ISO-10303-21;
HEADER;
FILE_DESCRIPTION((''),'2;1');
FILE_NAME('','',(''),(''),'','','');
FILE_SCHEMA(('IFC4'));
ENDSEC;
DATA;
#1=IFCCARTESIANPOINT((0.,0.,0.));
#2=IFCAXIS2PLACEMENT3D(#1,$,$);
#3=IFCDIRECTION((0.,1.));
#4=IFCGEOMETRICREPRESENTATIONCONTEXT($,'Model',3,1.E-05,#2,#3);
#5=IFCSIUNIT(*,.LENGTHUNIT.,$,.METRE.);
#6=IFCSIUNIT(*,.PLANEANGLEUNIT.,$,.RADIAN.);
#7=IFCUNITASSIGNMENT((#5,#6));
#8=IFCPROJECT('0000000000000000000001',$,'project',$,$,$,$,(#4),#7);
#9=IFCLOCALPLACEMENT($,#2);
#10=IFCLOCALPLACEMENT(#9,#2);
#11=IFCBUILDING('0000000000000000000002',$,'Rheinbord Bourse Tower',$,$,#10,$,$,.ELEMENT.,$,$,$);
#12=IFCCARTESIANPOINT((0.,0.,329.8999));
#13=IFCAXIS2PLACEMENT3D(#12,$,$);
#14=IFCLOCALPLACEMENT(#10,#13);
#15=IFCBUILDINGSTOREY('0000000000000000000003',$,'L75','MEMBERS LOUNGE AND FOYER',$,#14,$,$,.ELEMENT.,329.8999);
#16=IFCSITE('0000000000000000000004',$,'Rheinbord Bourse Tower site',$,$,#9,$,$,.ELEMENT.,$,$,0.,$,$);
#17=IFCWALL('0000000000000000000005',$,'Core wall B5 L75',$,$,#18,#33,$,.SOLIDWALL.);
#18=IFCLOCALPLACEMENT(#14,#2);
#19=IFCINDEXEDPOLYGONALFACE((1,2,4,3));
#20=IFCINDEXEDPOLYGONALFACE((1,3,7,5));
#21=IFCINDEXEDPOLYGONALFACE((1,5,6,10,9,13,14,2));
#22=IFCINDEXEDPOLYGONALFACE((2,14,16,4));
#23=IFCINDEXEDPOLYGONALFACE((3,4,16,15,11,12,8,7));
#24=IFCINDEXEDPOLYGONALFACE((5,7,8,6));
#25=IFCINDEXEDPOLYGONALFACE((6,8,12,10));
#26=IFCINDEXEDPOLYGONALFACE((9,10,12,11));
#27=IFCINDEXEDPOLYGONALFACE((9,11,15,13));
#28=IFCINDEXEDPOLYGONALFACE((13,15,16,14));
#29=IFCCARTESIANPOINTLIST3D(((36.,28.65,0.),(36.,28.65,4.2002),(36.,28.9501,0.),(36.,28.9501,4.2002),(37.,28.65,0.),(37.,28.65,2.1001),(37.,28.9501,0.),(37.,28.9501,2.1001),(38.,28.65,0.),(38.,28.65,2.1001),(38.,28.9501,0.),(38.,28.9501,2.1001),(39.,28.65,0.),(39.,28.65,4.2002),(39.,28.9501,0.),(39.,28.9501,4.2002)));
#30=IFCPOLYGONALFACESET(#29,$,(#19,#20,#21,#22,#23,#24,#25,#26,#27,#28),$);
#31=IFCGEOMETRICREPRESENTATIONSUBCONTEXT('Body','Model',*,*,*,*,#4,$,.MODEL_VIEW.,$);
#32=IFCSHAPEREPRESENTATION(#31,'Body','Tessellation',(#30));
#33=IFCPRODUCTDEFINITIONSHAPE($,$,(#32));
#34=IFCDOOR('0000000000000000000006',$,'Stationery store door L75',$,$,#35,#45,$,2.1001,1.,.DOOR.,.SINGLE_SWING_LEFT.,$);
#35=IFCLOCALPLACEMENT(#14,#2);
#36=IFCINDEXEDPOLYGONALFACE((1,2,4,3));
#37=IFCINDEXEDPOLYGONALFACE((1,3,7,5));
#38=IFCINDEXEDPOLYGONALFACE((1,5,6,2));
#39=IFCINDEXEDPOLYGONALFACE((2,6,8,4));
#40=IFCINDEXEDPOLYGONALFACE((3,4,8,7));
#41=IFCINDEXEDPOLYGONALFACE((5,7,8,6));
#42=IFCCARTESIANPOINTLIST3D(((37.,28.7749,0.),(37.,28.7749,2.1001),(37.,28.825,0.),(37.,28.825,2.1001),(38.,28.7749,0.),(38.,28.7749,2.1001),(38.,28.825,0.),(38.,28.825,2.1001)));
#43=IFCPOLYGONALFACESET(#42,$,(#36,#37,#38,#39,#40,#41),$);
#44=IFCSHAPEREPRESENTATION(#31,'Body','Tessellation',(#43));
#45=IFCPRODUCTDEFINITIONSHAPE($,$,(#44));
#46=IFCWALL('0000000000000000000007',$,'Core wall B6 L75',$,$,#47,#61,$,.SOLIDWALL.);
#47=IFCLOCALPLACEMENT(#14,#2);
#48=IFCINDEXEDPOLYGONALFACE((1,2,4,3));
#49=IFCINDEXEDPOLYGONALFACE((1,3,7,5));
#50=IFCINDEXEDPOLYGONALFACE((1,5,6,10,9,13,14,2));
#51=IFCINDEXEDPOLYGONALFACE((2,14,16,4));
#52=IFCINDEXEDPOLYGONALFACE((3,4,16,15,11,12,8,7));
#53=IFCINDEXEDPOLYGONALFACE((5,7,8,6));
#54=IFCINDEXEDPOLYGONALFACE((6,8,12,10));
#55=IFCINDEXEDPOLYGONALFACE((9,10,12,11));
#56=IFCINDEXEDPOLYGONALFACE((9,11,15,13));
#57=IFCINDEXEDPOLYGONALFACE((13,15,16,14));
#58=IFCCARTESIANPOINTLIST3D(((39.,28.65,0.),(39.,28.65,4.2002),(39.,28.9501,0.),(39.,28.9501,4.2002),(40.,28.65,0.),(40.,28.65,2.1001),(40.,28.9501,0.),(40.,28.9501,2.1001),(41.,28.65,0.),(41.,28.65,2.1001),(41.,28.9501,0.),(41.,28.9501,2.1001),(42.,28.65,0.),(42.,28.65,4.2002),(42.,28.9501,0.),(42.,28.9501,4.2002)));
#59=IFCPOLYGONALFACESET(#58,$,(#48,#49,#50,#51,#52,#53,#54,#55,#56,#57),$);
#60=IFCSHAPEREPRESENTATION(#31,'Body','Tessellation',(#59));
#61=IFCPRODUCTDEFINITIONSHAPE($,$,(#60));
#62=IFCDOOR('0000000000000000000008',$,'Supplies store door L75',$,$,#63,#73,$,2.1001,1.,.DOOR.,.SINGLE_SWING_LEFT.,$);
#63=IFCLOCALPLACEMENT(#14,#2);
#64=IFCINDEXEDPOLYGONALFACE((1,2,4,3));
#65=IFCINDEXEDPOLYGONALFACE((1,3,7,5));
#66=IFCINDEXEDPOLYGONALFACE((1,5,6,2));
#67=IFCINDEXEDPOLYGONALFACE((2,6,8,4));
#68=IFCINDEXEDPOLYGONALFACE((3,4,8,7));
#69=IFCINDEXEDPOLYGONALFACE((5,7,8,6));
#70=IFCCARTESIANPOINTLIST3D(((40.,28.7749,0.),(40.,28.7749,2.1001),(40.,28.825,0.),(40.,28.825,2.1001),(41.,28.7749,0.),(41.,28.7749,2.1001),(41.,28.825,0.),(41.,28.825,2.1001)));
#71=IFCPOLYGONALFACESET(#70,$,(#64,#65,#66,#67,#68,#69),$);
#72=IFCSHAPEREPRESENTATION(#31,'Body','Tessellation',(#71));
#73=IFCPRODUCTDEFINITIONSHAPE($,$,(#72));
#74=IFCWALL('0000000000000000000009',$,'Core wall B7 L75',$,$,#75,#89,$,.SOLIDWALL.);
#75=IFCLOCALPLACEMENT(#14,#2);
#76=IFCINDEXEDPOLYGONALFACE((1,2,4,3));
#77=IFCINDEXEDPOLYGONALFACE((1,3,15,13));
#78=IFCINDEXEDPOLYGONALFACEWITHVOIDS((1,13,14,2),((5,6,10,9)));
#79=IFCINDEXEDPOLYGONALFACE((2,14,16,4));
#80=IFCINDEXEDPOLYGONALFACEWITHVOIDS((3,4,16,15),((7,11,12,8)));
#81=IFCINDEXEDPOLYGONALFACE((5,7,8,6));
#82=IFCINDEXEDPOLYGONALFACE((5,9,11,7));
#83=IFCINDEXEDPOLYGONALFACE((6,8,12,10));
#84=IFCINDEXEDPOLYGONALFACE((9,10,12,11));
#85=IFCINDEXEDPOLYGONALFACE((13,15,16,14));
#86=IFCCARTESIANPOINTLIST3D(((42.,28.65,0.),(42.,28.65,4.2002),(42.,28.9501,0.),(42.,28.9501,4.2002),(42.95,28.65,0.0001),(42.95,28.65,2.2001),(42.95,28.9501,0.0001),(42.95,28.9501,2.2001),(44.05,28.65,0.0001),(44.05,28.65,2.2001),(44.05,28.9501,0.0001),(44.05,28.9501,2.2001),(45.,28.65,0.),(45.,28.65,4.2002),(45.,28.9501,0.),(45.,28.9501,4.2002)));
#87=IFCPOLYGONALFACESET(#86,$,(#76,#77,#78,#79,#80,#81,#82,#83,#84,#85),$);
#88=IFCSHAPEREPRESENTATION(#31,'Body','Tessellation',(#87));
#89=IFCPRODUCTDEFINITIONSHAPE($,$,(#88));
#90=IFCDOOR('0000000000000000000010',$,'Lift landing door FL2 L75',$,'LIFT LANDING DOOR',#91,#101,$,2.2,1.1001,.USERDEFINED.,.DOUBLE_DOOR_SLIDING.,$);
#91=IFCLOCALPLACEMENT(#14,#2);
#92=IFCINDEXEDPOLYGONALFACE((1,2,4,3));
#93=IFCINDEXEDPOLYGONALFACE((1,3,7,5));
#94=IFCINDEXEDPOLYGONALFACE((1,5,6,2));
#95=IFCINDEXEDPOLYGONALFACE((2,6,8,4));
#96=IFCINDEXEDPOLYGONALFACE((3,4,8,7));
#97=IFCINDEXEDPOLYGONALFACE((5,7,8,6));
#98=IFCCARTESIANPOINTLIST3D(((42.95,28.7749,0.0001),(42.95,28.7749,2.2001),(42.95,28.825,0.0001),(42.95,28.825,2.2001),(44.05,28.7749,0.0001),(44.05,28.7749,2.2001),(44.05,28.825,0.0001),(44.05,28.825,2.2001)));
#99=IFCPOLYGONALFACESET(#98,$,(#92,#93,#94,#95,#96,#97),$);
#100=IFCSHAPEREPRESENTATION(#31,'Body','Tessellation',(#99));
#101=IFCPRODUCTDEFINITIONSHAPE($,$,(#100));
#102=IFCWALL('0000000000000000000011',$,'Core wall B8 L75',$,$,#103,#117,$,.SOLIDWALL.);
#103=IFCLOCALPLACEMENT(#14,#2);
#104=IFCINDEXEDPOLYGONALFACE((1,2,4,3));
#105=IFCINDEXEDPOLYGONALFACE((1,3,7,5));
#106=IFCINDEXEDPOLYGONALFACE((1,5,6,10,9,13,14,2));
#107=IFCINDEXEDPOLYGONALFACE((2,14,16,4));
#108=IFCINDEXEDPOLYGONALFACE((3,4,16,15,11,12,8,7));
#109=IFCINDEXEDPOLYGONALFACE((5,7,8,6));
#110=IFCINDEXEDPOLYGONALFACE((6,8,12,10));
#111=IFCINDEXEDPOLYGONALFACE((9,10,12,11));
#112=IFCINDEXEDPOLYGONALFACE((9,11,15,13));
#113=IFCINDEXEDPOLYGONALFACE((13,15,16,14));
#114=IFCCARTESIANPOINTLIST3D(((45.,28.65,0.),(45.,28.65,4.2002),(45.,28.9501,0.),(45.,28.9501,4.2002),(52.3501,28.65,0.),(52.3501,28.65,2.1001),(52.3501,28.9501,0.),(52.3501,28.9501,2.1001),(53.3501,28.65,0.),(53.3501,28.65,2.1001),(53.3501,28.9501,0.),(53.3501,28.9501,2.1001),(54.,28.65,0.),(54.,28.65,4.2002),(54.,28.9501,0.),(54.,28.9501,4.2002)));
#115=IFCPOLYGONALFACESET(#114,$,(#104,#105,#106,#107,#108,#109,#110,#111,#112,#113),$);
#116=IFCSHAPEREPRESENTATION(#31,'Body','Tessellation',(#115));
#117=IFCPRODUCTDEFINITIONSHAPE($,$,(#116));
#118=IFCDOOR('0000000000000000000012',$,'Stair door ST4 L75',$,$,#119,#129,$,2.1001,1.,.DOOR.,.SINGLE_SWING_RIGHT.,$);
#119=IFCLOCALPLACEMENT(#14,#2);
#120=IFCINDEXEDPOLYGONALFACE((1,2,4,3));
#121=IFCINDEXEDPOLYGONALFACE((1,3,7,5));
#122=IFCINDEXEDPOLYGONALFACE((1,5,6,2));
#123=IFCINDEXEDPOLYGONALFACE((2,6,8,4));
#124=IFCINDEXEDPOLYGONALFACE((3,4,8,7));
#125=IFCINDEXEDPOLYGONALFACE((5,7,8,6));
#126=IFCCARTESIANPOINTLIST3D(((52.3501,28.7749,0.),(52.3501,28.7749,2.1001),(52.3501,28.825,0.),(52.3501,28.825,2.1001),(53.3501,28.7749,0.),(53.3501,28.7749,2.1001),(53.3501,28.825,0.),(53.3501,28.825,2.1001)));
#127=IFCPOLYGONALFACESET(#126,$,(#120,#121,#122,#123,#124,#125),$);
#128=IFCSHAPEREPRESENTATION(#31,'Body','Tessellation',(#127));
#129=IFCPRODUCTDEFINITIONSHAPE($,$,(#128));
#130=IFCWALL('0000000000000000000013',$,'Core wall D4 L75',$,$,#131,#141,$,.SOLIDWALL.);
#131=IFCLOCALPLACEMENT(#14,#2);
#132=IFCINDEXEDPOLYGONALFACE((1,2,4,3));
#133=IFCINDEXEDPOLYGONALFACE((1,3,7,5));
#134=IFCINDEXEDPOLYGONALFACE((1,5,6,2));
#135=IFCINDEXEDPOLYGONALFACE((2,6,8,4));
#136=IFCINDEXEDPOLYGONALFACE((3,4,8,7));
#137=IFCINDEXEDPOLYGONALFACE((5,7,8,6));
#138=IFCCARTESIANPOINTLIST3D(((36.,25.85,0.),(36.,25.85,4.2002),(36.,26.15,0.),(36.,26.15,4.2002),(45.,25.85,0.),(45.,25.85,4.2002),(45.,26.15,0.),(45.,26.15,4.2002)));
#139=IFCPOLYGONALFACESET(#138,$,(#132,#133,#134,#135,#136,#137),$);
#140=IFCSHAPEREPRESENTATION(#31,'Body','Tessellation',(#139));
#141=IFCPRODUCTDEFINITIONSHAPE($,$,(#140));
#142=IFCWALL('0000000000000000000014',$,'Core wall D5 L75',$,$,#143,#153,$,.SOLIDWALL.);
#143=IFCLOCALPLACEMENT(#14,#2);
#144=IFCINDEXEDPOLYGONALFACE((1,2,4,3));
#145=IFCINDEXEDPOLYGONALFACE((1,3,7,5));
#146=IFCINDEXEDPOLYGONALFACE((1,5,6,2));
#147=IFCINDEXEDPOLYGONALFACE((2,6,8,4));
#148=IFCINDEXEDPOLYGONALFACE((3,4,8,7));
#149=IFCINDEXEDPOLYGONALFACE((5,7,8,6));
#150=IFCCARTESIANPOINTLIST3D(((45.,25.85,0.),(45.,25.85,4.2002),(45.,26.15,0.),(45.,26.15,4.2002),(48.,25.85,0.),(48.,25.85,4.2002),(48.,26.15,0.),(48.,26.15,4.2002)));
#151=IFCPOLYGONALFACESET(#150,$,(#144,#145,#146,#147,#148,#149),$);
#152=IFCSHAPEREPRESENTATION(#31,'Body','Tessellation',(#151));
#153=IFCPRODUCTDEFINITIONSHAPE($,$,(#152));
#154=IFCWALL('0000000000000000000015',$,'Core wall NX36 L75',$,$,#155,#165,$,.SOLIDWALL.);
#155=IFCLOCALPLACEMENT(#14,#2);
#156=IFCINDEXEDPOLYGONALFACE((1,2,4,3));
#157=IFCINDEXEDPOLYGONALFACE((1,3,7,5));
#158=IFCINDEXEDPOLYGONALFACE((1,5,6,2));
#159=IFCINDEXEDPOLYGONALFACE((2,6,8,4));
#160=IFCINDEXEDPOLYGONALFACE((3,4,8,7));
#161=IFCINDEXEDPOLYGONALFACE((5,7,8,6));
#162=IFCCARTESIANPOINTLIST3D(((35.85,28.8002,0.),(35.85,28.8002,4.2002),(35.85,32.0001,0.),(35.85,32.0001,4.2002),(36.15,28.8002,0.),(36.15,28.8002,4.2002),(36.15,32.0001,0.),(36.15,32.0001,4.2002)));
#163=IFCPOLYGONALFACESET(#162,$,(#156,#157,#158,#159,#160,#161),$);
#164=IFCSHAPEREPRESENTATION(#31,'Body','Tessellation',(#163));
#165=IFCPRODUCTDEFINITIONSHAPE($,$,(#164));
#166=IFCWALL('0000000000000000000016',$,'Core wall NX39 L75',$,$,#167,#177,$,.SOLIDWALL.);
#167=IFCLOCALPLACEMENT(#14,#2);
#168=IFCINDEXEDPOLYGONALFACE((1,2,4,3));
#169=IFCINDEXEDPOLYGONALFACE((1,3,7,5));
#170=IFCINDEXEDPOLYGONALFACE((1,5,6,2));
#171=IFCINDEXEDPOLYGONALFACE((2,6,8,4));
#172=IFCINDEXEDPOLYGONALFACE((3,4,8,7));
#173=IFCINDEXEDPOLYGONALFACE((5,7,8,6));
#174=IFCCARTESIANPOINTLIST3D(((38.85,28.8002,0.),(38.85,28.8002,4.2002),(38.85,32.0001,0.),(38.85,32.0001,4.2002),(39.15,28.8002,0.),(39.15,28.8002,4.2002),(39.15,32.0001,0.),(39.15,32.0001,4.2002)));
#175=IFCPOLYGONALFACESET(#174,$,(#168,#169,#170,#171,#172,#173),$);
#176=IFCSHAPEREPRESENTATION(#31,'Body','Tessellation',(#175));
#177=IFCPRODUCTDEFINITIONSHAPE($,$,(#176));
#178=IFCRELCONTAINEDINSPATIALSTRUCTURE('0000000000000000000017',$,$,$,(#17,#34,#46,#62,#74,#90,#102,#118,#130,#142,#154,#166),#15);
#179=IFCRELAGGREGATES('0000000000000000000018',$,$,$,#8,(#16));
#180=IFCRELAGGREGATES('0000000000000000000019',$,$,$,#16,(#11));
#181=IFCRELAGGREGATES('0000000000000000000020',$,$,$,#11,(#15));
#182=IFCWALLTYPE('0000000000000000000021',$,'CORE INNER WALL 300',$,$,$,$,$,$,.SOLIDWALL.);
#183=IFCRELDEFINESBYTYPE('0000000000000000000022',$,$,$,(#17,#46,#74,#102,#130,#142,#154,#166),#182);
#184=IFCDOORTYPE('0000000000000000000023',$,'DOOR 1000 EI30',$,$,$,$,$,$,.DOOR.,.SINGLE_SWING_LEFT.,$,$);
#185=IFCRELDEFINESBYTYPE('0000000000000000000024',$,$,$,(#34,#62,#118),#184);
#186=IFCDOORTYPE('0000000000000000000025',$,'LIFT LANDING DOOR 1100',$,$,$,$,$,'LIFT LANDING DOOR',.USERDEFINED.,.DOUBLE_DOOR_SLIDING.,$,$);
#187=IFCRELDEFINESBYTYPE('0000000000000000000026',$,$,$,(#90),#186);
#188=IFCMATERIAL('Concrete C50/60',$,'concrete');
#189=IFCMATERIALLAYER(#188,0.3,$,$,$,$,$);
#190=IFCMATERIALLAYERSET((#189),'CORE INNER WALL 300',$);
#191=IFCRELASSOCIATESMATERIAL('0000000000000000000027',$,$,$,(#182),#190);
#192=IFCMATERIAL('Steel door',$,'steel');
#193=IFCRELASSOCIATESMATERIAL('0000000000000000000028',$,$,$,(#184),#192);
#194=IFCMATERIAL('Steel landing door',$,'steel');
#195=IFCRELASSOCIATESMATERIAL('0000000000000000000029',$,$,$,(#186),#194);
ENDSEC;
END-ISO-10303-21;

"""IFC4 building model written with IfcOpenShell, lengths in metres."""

from ifc_helpers import new_model, si_unit, direction, frame, frame_2d, origin, place, context, subcontext, project, spatial, rectangle, extrude, material, layer, layer_set, type_object, element, fill, save


model = new_model("IFC4")

# Units and contexts
model_context = context("Model", 3, precision=1e-05, world=origin(), true_north=direction((0.0, 1.0)))
body_context = subcontext(model_context, "Body", "Model", "MODEL_VIEW")
ifc_project = project(units=[si_unit("LENGTHUNIT", "METRE"), si_unit("PLANEANGLEUNIT", "RADIAN")], contexts=[model_context])

# Site, building, storey
site_placement = place(None, origin())
site = spatial("IfcSite", under=ifc_project, at=site_placement, Name="Rheinbord Bourse Tower site", CompositionType="ELEMENT", RefElevation=0.0)
building_placement = place(site_placement, origin())
building = spatial("IfcBuilding", under=site, at=building_placement, Name="Rheinbord Bourse Tower", CompositionType="ELEMENT")
storey_placement = place(building_placement, frame((0.0, 0.0, 329.8999)))
storey = spatial("IfcBuildingStorey", under=building, at=storey_placement, Name="L75", Description="MEMBERS LOUNGE AND FOYER", CompositionType="ELEMENT", Elevation=329.8999)

# Walls, openings, doors
ifc_material_1 = material(Name="Concrete C50/60", Category="concrete")
ifc_layer_1 = layer(ifc_material_1, 0.3)
ifc_layer_set_1 = layer_set([ifc_layer_1], Name="CORE INNER WALL 300")
wall_type_1 = type_object("IfcWallType", Name="CORE INNER WALL 300", PredefinedType="SOLIDWALL", material=ifc_layer_set_1)
wall_1_placement = place(storey_placement, frame((36.0, 28.8, 0.0), z_axis=(0.0, 0.0, 1.0), x_axis=(1.0, 0.0, 0.0)))
wall_1 = element("IfcWall", 1, at=wall_1_placement, inside=storey, type_object=wall_type_1, Name="Core wall B5 L75", PredefinedType="SOLIDWALL", context=body_context, shape_type="SweptSolid", body=[
    extrude(rectangle(XDim=3.0, YDim=0.3, at=frame_2d((1.5, 0.0))), origin(), (0.0, 0.0, 1.0), 4.2002),
])
opening_1_placement = place(wall_1_placement, frame((1.0, 0.0, 0.0)))
opening_1 = element("IfcOpeningElement", 2, at=opening_1_placement, cuts=wall_1, PredefinedType="OPENING", context=body_context, shape_type="SweptSolid", body=[
    extrude(rectangle(XDim=1.0, YDim=2.1001, at=frame_2d((0.5, 1.05))), frame((0.0, 0.1599, 0.0), z_axis=(0.0, -1.0, 0.0), x_axis=(1.0, 0.0, 0.0)), (0.0, 0.0, 1.0), 0.3201),
])
ifc_material_2 = material(Name="Steel door", Category="steel")
door_type_1 = type_object("IfcDoorType", Name="DOOR 1000 EI30", OperationType="SINGLE_SWING_LEFT", PredefinedType="DOOR", material=ifc_material_2)
door_1_placement = place(opening_1_placement, origin())
door_1 = element("IfcDoor", 3, at=door_1_placement, inside=storey, type_object=door_type_1, Name="Stationery store door L75", OperationType="SINGLE_SWING_LEFT", OverallHeight=2.1001, OverallWidth=1.0, PredefinedType="DOOR", context=body_context, shape_type="SweptSolid", body=[
    extrude(rectangle(XDim=1.0, YDim=2.1001, at=frame_2d((0.5, 1.05))), frame((0.0, 0.0249, 0.0), z_axis=(0.0, -1.0, 0.0), x_axis=(1.0, 0.0, 0.0)), (0.0, 0.0, 1.0), 0.05),
])
fill(opening_1, door_1)
wall_2_placement = place(storey_placement, frame((39.0, 28.8, 0.0), z_axis=(0.0, 0.0, 1.0), x_axis=(1.0, 0.0, 0.0)))
wall_2 = element("IfcWall", 4, at=wall_2_placement, inside=storey, type_object=wall_type_1, Name="Core wall B6 L75", PredefinedType="SOLIDWALL", context=body_context, shape_type="SweptSolid", body=[
    extrude(rectangle(XDim=3.0, YDim=0.3, at=frame_2d((1.5, 0.0))), origin(), (0.0, 0.0, 1.0), 4.2002),
])
opening_2_placement = place(wall_2_placement, frame((1.0, 0.0, 0.0)))
opening_2 = element("IfcOpeningElement", 5, at=opening_2_placement, cuts=wall_2, PredefinedType="OPENING", context=body_context, shape_type="SweptSolid", body=[
    extrude(rectangle(XDim=1.0, YDim=2.1001, at=frame_2d((0.5, 1.05))), frame((0.0, 0.1599, 0.0), z_axis=(0.0, -1.0, 0.0), x_axis=(1.0, 0.0, 0.0)), (0.0, 0.0, 1.0), 0.3201),
])
door_2_placement = place(opening_2_placement, origin())
door_2 = element("IfcDoor", 6, at=door_2_placement, inside=storey, type_object=door_type_1, Name="Supplies store door L75", OperationType="SINGLE_SWING_LEFT", OverallHeight=2.1001, OverallWidth=1.0, PredefinedType="DOOR", context=body_context, shape_type="SweptSolid", body=[
    extrude(rectangle(XDim=1.0, YDim=2.1001, at=frame_2d((0.5, 1.05))), frame((0.0, 0.0249, 0.0), z_axis=(0.0, -1.0, 0.0), x_axis=(1.0, 0.0, 0.0)), (0.0, 0.0, 1.0), 0.05),
])
fill(opening_2, door_2)
wall_3_placement = place(storey_placement, frame((42.0, 28.8, 0.0), z_axis=(0.0, 0.0, 1.0), x_axis=(1.0, 0.0, 0.0)))
wall_3 = element("IfcWall", 7, at=wall_3_placement, inside=storey, type_object=wall_type_1, Name="Core wall B7 L75", PredefinedType="SOLIDWALL", context=body_context, shape_type="SweptSolid", body=[
    extrude(rectangle(XDim=3.0, YDim=0.3, at=frame_2d((1.5, 0.0))), origin(), (0.0, 0.0, 1.0), 4.2002),
])
opening_3_placement = place(wall_3_placement, frame((0.95, 0.0, 0.0)))
opening_3 = element("IfcOpeningElement", 8, at=opening_3_placement, cuts=wall_3, PredefinedType="OPENING", context=body_context, shape_type="SweptSolid", body=[
    extrude(rectangle(XDim=1.1001, YDim=2.2, at=frame_2d((0.55, 1.1001))), frame((0.0, 0.1599, 0.0), z_axis=(0.0, -1.0, 0.0), x_axis=(1.0, 0.0, 0.0)), (0.0, 0.0, 1.0), 0.3201),
])
ifc_material_3 = material(Name="Steel landing door", Category="steel")
door_type_2 = type_object("IfcDoorType", Name="LIFT LANDING DOOR 1100", ElementType="LIFT LANDING DOOR", OperationType="DOUBLE_DOOR_SLIDING", PredefinedType="USERDEFINED", material=ifc_material_3)
door_3_placement = place(opening_3_placement, origin())
door_3 = element("IfcDoor", 9, at=door_3_placement, inside=storey, type_object=door_type_2, Name="Lift landing door FL2 L75", ObjectType="LIFT LANDING DOOR", OperationType="DOUBLE_DOOR_SLIDING", OverallHeight=2.2, OverallWidth=1.1001, PredefinedType="USERDEFINED", context=body_context, shape_type="SweptSolid", body=[
    extrude(rectangle(XDim=1.1001, YDim=2.2, at=frame_2d((0.55, 1.1001))), frame((0.0, 0.0249, 0.0), z_axis=(0.0, -1.0, 0.0), x_axis=(1.0, 0.0, 0.0)), (0.0, 0.0, 1.0), 0.05),
])
fill(opening_3, door_3)
wall_4_placement = place(storey_placement, frame((45.0, 28.8, 0.0), z_axis=(0.0, 0.0, 1.0), x_axis=(1.0, 0.0, 0.0)))
wall_4 = element("IfcWall", 10, at=wall_4_placement, inside=storey, type_object=wall_type_1, Name="Core wall B8 L75", PredefinedType="SOLIDWALL", context=body_context, shape_type="SweptSolid", body=[
    extrude(rectangle(XDim=9.0, YDim=0.3, at=frame_2d((4.5, 0.0))), origin(), (0.0, 0.0, 1.0), 4.2002),
])
opening_4_placement = place(wall_4_placement, frame((7.3501, 0.0, 0.0)))
opening_4 = element("IfcOpeningElement", 11, at=opening_4_placement, cuts=wall_4, PredefinedType="OPENING", context=body_context, shape_type="SweptSolid", body=[
    extrude(rectangle(XDim=1.0, YDim=2.1001, at=frame_2d((0.5, 1.05))), frame((0.0, 0.1599, 0.0), z_axis=(0.0, -1.0, 0.0), x_axis=(1.0, 0.0, 0.0)), (0.0, 0.0, 1.0), 0.3201),
])
door_4_placement = place(opening_4_placement, origin())
door_4 = element("IfcDoor", 12, at=door_4_placement, inside=storey, type_object=door_type_1, Name="Stair door ST4 L75", OperationType="SINGLE_SWING_RIGHT", OverallHeight=2.1001, OverallWidth=1.0, PredefinedType="DOOR", context=body_context, shape_type="SweptSolid", body=[
    extrude(rectangle(XDim=1.0, YDim=2.1001, at=frame_2d((0.5, 1.05))), frame((0.0, 0.0249, 0.0), z_axis=(0.0, -1.0, 0.0), x_axis=(1.0, 0.0, 0.0)), (0.0, 0.0, 1.0), 0.05),
])
fill(opening_4, door_4)

# Walls
wall_5_placement = place(storey_placement, frame((36.0, 26.0, 0.0), z_axis=(0.0, 0.0, 1.0), x_axis=(1.0, 0.0, 0.0)))
element("IfcWall", 13, at=wall_5_placement, inside=storey, type_object=wall_type_1, Name="Core wall D4 L75", PredefinedType="SOLIDWALL", context=body_context, shape_type="SweptSolid", body=[
    extrude(rectangle(XDim=9.0, YDim=0.3, at=frame_2d((4.5, 0.0))), origin(), (0.0, 0.0, 1.0), 4.2002),
])
wall_6_placement = place(storey_placement, frame((45.0, 26.0, 0.0), z_axis=(0.0, 0.0, 1.0), x_axis=(1.0, 0.0, 0.0)))
element("IfcWall", 14, at=wall_6_placement, inside=storey, type_object=wall_type_1, Name="Core wall D5 L75", PredefinedType="SOLIDWALL", context=body_context, shape_type="SweptSolid", body=[
    extrude(rectangle(XDim=3.0, YDim=0.3, at=frame_2d((1.5, 0.0))), origin(), (0.0, 0.0, 1.0), 4.2002),
])
for number, where, z_axis, x_axis, name in (
    (15, (36.0, 28.8, 0.0), (0.0, 0.0, 1.0), (0.0, 1.0, 0.0), "Core wall NX36 L75"),
    (16, (39.0, 28.8, 0.0), (0.0, 0.0, 1.0), (0.0, 1.0, 0.0), "Core wall NX39 L75"),
):
    element("IfcWall", number, at=place(storey_placement, frame(where, z_axis=z_axis, x_axis=x_axis)), inside=storey, type_object=wall_type_1, Name=name, PredefinedType="SOLIDWALL", context=body_context, shape_type="SweptSolid", body=[
        extrude(rectangle(XDim=3.2, YDim=0.3, at=frame_2d((1.6001, 0.0))), origin(), (0.0, 0.0, 1.0), 4.2002),
    ])

save(model, "model.ifc")
